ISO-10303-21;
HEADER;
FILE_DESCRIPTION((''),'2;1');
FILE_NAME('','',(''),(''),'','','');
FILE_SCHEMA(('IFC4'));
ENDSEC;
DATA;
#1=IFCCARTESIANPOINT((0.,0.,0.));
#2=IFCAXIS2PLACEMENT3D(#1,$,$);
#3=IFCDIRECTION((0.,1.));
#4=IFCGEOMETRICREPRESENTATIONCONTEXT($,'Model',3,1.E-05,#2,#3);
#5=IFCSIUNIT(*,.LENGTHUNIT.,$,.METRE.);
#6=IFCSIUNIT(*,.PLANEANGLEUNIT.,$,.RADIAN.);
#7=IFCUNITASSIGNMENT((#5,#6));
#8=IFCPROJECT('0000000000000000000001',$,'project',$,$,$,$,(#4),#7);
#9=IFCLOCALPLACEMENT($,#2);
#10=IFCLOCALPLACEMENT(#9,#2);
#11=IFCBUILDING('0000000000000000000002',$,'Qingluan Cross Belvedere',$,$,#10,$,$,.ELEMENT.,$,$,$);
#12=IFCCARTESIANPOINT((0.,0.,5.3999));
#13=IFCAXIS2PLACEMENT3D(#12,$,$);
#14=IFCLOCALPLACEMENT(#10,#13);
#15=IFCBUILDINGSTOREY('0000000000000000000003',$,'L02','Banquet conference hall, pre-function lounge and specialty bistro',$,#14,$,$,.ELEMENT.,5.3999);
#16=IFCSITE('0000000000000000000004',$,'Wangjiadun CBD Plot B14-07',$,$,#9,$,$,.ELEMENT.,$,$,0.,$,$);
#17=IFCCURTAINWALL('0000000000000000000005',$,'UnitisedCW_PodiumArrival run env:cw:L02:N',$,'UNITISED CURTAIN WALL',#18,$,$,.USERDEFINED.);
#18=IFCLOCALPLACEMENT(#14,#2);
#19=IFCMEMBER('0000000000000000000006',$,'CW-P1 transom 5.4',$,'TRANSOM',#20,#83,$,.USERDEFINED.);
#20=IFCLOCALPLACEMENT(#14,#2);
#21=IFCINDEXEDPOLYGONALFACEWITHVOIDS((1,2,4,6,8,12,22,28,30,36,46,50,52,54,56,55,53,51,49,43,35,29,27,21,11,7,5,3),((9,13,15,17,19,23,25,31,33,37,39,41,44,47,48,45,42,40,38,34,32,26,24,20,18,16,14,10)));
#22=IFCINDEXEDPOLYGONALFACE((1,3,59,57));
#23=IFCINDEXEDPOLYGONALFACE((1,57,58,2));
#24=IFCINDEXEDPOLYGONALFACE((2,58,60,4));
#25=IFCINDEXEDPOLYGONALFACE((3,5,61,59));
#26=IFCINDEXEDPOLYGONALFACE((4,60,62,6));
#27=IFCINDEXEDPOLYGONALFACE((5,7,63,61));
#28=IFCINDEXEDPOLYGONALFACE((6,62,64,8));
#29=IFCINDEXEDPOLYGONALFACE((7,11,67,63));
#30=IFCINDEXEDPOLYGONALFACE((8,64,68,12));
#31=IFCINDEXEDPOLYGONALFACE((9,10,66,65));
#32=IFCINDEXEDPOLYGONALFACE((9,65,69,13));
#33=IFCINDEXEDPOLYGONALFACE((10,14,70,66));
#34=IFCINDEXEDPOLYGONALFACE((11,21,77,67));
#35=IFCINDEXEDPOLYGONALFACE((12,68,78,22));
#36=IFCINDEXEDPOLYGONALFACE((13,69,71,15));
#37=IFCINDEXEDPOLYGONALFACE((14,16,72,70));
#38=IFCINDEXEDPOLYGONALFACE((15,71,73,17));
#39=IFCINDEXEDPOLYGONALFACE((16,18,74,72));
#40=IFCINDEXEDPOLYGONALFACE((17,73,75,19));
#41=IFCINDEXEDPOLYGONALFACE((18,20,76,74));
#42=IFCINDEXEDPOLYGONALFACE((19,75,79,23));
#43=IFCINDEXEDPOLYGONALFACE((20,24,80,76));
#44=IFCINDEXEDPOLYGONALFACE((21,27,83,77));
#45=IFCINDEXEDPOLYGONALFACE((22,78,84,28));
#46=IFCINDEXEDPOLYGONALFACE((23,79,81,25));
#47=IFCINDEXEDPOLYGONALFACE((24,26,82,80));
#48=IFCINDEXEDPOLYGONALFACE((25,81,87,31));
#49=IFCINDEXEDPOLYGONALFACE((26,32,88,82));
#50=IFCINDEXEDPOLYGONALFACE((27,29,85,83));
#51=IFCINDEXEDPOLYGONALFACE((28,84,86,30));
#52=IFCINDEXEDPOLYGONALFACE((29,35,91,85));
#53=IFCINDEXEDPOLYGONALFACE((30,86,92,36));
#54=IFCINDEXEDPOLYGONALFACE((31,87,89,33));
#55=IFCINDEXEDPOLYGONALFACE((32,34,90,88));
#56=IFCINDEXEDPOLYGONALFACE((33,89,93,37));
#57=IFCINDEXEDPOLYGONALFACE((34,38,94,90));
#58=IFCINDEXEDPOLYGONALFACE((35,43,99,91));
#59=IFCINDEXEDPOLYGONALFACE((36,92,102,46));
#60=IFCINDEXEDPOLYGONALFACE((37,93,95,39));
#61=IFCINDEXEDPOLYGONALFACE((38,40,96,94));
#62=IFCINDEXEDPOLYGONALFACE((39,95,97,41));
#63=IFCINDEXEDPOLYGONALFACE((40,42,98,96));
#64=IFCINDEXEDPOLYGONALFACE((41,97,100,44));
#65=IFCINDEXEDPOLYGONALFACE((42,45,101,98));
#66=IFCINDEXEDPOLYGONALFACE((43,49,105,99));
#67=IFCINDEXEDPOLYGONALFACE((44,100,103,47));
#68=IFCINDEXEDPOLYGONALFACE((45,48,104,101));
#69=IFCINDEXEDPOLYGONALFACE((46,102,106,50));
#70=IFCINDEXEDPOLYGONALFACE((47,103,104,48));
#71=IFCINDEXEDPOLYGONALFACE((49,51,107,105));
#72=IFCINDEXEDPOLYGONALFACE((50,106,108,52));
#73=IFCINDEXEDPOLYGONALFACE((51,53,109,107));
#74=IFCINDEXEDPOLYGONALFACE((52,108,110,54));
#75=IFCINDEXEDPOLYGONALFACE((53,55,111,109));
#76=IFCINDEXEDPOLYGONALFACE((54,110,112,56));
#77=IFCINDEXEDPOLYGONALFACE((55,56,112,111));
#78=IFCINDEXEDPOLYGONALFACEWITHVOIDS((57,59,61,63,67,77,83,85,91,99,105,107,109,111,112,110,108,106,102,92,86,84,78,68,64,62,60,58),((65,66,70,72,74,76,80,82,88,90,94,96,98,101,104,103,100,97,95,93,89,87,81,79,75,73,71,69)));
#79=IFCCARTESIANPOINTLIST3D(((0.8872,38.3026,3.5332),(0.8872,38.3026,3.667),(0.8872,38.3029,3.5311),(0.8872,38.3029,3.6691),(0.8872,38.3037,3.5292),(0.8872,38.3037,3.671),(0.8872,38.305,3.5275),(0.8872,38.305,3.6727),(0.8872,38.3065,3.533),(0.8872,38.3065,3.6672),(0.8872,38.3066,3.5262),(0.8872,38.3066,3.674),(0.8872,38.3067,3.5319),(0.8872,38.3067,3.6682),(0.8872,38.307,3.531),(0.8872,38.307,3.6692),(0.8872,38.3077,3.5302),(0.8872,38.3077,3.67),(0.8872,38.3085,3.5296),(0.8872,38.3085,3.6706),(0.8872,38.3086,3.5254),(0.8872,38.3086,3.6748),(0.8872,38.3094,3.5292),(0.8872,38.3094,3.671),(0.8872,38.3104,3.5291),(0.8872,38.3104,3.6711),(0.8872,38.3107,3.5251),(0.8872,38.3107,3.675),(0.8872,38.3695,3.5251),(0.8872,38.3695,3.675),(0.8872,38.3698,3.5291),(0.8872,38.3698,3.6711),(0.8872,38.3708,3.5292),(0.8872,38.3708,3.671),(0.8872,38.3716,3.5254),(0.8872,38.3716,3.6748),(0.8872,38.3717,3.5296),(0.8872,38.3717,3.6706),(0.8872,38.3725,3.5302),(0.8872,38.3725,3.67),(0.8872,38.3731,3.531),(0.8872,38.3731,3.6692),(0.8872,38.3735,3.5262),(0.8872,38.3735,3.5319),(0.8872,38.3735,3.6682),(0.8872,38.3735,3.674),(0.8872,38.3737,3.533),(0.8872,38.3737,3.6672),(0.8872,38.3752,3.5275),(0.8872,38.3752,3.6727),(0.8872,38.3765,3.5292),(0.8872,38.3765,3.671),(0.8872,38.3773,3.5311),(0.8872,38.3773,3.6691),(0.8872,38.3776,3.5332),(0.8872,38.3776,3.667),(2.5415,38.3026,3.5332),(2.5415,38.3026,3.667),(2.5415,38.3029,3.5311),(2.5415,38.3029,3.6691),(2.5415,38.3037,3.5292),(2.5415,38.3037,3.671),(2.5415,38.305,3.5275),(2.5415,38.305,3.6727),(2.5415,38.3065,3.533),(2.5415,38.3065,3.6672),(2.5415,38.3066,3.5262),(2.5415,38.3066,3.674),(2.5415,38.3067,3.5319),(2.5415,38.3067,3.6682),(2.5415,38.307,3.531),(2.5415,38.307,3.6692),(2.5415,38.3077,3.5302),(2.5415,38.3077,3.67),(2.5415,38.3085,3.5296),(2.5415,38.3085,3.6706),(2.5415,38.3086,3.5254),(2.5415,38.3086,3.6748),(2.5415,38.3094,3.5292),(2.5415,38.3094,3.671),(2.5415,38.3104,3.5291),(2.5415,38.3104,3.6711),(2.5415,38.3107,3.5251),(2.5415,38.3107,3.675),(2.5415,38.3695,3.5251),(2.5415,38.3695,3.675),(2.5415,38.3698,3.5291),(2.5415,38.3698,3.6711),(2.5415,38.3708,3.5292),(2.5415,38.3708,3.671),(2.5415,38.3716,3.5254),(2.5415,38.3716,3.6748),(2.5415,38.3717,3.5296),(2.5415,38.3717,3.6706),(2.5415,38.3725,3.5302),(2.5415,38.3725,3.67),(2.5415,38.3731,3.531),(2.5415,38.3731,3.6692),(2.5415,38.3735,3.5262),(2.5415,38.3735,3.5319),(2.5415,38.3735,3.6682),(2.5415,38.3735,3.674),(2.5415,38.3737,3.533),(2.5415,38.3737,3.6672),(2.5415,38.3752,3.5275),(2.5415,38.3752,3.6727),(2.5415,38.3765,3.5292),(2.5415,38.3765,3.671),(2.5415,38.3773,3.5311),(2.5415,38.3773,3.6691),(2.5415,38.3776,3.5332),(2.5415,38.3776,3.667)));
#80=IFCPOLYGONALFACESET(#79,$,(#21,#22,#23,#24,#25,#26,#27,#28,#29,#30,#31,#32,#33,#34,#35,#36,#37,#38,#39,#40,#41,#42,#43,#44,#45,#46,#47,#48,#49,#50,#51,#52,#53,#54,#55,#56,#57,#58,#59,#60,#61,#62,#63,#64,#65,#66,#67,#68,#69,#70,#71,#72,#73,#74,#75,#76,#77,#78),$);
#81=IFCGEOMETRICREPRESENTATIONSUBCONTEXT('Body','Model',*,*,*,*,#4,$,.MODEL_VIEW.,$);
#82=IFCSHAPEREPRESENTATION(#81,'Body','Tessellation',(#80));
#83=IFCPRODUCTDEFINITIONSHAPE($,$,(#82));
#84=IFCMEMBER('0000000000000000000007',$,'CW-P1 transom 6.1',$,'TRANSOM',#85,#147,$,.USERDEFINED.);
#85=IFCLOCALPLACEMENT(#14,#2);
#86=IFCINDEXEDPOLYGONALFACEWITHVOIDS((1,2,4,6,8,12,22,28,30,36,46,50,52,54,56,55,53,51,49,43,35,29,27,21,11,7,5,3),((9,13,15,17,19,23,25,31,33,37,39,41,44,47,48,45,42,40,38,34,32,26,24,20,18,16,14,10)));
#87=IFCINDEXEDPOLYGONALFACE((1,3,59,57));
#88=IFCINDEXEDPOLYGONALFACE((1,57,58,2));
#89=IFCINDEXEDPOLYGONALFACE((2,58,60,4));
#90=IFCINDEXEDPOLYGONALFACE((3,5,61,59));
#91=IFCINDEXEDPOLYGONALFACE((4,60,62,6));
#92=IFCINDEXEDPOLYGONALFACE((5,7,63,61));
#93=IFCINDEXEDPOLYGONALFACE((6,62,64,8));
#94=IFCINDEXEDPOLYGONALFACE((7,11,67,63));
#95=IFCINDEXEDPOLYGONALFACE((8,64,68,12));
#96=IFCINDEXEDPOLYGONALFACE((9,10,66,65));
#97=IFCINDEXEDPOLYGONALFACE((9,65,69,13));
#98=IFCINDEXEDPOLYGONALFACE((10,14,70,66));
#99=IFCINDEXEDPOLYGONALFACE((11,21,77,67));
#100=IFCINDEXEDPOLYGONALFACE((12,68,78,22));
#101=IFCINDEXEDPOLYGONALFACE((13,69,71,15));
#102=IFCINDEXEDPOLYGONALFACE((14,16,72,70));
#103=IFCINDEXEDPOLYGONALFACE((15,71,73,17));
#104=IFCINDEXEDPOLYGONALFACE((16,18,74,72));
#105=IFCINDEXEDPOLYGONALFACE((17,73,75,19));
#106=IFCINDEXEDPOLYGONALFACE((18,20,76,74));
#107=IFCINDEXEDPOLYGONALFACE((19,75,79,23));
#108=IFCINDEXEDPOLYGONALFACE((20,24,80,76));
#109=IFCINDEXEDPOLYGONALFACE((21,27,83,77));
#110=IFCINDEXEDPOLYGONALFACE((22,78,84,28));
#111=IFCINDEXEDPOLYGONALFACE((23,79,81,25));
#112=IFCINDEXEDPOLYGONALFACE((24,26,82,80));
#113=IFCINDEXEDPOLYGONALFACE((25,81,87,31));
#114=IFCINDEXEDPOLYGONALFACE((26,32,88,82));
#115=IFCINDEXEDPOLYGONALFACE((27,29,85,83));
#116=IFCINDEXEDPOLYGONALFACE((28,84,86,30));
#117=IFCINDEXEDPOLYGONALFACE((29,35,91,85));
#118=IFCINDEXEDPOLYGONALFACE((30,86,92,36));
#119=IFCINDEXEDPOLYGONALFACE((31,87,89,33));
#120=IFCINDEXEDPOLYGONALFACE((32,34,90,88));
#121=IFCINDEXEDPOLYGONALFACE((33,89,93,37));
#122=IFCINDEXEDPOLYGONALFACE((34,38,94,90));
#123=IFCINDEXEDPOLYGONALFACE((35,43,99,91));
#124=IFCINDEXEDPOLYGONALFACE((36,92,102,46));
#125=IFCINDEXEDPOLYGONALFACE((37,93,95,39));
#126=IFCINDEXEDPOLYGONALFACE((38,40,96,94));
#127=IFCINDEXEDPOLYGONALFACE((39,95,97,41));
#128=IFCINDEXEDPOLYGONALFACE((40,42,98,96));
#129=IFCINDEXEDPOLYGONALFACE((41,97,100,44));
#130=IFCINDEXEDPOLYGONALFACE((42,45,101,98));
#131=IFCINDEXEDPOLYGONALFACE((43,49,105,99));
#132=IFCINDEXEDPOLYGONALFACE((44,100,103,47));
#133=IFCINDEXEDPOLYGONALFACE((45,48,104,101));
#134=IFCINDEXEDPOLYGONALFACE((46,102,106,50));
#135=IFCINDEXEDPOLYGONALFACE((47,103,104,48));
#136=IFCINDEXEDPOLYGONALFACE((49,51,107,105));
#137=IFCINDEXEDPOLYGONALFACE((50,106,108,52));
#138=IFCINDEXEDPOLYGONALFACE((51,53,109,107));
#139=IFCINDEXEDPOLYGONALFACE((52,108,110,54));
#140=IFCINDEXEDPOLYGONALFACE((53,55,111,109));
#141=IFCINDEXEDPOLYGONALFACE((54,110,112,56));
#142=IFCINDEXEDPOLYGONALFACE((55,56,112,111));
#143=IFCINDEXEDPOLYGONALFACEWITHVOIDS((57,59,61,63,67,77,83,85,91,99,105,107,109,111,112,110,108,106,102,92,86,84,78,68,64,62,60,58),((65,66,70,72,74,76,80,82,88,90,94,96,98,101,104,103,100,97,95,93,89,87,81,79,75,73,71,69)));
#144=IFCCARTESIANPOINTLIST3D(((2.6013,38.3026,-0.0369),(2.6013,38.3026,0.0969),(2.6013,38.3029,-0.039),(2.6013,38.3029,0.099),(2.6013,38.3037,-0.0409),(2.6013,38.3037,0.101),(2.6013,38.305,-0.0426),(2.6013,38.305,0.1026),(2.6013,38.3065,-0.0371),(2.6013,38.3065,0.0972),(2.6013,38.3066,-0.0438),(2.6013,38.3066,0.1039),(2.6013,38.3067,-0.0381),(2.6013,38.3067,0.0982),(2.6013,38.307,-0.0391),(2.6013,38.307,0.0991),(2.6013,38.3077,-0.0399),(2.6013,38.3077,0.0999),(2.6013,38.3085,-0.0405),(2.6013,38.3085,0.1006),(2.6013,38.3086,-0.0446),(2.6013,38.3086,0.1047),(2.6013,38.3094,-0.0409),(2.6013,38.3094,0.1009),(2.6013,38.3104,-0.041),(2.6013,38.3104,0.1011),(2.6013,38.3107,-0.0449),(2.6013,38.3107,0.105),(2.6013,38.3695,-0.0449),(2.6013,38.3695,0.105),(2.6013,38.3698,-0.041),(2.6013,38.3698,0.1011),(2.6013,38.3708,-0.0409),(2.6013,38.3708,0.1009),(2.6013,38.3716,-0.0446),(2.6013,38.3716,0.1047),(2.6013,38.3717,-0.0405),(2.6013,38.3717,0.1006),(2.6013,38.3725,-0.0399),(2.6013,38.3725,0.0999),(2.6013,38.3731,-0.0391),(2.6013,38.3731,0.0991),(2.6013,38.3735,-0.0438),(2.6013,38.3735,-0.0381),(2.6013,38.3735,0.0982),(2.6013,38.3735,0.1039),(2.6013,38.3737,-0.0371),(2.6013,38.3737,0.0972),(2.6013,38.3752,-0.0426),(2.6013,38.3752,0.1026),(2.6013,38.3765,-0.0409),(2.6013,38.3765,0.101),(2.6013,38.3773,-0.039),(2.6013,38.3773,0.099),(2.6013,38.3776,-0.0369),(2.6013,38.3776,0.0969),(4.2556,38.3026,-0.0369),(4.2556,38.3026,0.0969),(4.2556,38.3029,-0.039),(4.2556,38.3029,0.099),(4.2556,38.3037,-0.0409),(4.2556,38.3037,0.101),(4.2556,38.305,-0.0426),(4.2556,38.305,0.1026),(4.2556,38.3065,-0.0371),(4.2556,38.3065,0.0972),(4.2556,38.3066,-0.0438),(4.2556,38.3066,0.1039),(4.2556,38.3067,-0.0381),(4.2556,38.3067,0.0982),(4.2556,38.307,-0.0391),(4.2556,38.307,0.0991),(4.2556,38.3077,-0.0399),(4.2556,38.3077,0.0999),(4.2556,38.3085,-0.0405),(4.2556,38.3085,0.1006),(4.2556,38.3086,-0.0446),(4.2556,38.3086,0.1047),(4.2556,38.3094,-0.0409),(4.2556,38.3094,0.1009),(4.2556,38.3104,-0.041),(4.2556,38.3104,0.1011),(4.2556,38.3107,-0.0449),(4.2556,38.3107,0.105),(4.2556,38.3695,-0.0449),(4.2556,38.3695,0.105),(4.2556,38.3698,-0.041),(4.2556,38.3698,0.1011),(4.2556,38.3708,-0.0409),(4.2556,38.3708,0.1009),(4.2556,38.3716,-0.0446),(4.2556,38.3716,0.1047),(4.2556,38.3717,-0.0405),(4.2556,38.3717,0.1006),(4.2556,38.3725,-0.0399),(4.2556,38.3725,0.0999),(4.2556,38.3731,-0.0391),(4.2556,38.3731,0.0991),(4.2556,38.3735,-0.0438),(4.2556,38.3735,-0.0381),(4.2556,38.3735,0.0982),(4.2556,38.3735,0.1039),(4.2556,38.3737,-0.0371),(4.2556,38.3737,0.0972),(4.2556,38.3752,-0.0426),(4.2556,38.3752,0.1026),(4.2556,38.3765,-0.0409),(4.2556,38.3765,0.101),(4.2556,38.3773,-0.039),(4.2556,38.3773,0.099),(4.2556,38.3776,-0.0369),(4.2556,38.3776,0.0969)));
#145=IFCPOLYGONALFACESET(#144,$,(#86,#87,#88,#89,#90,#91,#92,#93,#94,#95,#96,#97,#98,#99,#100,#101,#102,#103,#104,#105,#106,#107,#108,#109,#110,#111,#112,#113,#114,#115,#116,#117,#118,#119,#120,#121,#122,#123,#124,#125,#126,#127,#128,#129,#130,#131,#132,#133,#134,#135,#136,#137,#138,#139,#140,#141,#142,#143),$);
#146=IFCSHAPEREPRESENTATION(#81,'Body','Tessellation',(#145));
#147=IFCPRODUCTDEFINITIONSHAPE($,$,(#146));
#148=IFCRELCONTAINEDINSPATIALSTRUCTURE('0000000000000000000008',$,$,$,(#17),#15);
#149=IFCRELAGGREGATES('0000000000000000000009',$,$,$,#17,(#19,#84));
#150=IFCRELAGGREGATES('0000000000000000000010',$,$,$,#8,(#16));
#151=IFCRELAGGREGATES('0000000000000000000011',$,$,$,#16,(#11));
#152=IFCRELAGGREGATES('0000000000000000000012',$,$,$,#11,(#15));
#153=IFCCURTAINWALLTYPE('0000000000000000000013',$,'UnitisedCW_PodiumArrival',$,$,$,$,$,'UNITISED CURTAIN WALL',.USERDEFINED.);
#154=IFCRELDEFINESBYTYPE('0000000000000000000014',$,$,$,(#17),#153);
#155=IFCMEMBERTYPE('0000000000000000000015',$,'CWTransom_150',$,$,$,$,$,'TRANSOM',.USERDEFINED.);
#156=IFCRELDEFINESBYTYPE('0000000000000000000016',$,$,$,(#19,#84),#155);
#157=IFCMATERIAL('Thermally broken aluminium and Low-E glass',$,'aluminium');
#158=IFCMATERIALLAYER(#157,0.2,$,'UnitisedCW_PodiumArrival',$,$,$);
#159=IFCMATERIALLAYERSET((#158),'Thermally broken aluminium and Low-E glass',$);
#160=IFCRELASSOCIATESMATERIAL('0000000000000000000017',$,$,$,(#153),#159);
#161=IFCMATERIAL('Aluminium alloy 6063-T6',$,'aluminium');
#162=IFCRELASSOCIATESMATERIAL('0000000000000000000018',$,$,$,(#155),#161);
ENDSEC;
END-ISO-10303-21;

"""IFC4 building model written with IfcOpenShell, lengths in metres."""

from ifc_helpers import new_model, si_unit, direction, frame, origin, origin_2d, place, context, subcontext, project, spatial, hollow_rectangle, extrude, material, layer, layer_set, material_profile, profile_set, type_object, element, aggregate, save


model = new_model("IFC4")

# Units and contexts
model_context = context("Model", 3, precision=1e-05, world=origin(), true_north=direction((0.0, 1.0)))
body_context = subcontext(model_context, "Body", "Model", "MODEL_VIEW")
ifc_project = project(units=[si_unit("LENGTHUNIT", "METRE"), si_unit("PLANEANGLEUNIT", "RADIAN")], contexts=[model_context])

# Site, building, storey
site_placement = place(None, origin())
site = spatial("IfcSite", under=ifc_project, at=site_placement, Name="Wangjiadun CBD Plot B14-07", CompositionType="ELEMENT", RefElevation=0.0)
building_placement = place(site_placement, origin())
building = spatial("IfcBuilding", under=site, at=building_placement, Name="Qingluan Cross Belvedere", CompositionType="ELEMENT")
storey_placement = place(building_placement, frame((0.0, 0.0, 5.3999)))
storey = spatial("IfcBuildingStorey", under=building, at=storey_placement, Name="L02", Description="Banquet conference hall, pre-function lounge and specialty bistro", CompositionType="ELEMENT", Elevation=5.3999)

# Curtain wall, members
ifc_material_1 = material(Name="Thermally broken aluminium and Low-E glass", Category="aluminium")
ifc_layer_1 = layer(ifc_material_1, 0.2, Name="UnitisedCW_PodiumArrival")
ifc_layer_set_1 = layer_set([ifc_layer_1], Name="Thermally broken aluminium and Low-E glass")
curtain_wall_type = type_object("IfcCurtainWallType", Name="UnitisedCW_PodiumArrival", ElementType="UNITISED CURTAIN WALL", PredefinedType="USERDEFINED", material=ifc_layer_set_1)
curtain_wall_placement = place(storey_placement, origin())
curtain_wall = element("IfcCurtainWall", 1, at=curtain_wall_placement, inside=storey, type_object=curtain_wall_type, Name="UnitisedCW_PodiumArrival run env:cw:L02:N", ObjectType="UNITISED CURTAIN WALL", PredefinedType="USERDEFINED")
ifc_material_2 = material(Name="Aluminium alloy 6063-T6", Category="aluminium")
ifc_material_profile_1 = material_profile(ifc_material_2, hollow_rectangle(XDim=0.075, YDim=0.1499, WallThickness=0.0039, InnerFilletRadius=0.0039, OuterFilletRadius=0.0081, at=origin_2d()), Name="CWT150x75x4")
ifc_profile_set_1 = profile_set([ifc_material_profile_1], Name="Aluminium alloy 6063-T6")
member_type_1 = type_object("IfcMemberType", Name="CWTransom_150", ElementType="TRANSOM", PredefinedType="USERDEFINED", material=ifc_profile_set_1)
member_1_placement = place(storey_placement, frame((0.8872, 38.3401, 3.6001), z_axis=(1.0, 0.0, 0.0), x_axis=(0.0, 1.0, 0.0)))
member_1 = element("IfcMember", 2, at=member_1_placement, type_object=member_type_1, Name="CW-P1 transom 5.4", ObjectType="TRANSOM", PredefinedType="USERDEFINED", context=body_context, shape_type="SweptSolid", body=[
    extrude(hollow_rectangle(XDim=0.075, YDim=0.1499, WallThickness=0.0039, InnerFilletRadius=0.0039, OuterFilletRadius=0.0081, at=origin_2d()), origin(), (0.0, 0.0, 1.0), 1.6543),
])
member_2_placement = place(storey_placement, frame((2.6013, 38.3401, 0.03), z_axis=(1.0, 0.0, 0.0), x_axis=(0.0, 1.0, 0.0)))
member_2 = element("IfcMember", 3, at=member_2_placement, type_object=member_type_1, Name="CW-P1 transom 6.1", ObjectType="TRANSOM", PredefinedType="USERDEFINED", context=body_context, shape_type="SweptSolid", body=[
    extrude(hollow_rectangle(XDim=0.075, YDim=0.1499, WallThickness=0.0039, InnerFilletRadius=0.0039, OuterFilletRadius=0.0081, at=origin_2d()), origin(), (0.0, 0.0, 1.0), 1.6543),
])

aggregate(curtain_wall, [member_1, member_2])

save(model, "model.ifc")
